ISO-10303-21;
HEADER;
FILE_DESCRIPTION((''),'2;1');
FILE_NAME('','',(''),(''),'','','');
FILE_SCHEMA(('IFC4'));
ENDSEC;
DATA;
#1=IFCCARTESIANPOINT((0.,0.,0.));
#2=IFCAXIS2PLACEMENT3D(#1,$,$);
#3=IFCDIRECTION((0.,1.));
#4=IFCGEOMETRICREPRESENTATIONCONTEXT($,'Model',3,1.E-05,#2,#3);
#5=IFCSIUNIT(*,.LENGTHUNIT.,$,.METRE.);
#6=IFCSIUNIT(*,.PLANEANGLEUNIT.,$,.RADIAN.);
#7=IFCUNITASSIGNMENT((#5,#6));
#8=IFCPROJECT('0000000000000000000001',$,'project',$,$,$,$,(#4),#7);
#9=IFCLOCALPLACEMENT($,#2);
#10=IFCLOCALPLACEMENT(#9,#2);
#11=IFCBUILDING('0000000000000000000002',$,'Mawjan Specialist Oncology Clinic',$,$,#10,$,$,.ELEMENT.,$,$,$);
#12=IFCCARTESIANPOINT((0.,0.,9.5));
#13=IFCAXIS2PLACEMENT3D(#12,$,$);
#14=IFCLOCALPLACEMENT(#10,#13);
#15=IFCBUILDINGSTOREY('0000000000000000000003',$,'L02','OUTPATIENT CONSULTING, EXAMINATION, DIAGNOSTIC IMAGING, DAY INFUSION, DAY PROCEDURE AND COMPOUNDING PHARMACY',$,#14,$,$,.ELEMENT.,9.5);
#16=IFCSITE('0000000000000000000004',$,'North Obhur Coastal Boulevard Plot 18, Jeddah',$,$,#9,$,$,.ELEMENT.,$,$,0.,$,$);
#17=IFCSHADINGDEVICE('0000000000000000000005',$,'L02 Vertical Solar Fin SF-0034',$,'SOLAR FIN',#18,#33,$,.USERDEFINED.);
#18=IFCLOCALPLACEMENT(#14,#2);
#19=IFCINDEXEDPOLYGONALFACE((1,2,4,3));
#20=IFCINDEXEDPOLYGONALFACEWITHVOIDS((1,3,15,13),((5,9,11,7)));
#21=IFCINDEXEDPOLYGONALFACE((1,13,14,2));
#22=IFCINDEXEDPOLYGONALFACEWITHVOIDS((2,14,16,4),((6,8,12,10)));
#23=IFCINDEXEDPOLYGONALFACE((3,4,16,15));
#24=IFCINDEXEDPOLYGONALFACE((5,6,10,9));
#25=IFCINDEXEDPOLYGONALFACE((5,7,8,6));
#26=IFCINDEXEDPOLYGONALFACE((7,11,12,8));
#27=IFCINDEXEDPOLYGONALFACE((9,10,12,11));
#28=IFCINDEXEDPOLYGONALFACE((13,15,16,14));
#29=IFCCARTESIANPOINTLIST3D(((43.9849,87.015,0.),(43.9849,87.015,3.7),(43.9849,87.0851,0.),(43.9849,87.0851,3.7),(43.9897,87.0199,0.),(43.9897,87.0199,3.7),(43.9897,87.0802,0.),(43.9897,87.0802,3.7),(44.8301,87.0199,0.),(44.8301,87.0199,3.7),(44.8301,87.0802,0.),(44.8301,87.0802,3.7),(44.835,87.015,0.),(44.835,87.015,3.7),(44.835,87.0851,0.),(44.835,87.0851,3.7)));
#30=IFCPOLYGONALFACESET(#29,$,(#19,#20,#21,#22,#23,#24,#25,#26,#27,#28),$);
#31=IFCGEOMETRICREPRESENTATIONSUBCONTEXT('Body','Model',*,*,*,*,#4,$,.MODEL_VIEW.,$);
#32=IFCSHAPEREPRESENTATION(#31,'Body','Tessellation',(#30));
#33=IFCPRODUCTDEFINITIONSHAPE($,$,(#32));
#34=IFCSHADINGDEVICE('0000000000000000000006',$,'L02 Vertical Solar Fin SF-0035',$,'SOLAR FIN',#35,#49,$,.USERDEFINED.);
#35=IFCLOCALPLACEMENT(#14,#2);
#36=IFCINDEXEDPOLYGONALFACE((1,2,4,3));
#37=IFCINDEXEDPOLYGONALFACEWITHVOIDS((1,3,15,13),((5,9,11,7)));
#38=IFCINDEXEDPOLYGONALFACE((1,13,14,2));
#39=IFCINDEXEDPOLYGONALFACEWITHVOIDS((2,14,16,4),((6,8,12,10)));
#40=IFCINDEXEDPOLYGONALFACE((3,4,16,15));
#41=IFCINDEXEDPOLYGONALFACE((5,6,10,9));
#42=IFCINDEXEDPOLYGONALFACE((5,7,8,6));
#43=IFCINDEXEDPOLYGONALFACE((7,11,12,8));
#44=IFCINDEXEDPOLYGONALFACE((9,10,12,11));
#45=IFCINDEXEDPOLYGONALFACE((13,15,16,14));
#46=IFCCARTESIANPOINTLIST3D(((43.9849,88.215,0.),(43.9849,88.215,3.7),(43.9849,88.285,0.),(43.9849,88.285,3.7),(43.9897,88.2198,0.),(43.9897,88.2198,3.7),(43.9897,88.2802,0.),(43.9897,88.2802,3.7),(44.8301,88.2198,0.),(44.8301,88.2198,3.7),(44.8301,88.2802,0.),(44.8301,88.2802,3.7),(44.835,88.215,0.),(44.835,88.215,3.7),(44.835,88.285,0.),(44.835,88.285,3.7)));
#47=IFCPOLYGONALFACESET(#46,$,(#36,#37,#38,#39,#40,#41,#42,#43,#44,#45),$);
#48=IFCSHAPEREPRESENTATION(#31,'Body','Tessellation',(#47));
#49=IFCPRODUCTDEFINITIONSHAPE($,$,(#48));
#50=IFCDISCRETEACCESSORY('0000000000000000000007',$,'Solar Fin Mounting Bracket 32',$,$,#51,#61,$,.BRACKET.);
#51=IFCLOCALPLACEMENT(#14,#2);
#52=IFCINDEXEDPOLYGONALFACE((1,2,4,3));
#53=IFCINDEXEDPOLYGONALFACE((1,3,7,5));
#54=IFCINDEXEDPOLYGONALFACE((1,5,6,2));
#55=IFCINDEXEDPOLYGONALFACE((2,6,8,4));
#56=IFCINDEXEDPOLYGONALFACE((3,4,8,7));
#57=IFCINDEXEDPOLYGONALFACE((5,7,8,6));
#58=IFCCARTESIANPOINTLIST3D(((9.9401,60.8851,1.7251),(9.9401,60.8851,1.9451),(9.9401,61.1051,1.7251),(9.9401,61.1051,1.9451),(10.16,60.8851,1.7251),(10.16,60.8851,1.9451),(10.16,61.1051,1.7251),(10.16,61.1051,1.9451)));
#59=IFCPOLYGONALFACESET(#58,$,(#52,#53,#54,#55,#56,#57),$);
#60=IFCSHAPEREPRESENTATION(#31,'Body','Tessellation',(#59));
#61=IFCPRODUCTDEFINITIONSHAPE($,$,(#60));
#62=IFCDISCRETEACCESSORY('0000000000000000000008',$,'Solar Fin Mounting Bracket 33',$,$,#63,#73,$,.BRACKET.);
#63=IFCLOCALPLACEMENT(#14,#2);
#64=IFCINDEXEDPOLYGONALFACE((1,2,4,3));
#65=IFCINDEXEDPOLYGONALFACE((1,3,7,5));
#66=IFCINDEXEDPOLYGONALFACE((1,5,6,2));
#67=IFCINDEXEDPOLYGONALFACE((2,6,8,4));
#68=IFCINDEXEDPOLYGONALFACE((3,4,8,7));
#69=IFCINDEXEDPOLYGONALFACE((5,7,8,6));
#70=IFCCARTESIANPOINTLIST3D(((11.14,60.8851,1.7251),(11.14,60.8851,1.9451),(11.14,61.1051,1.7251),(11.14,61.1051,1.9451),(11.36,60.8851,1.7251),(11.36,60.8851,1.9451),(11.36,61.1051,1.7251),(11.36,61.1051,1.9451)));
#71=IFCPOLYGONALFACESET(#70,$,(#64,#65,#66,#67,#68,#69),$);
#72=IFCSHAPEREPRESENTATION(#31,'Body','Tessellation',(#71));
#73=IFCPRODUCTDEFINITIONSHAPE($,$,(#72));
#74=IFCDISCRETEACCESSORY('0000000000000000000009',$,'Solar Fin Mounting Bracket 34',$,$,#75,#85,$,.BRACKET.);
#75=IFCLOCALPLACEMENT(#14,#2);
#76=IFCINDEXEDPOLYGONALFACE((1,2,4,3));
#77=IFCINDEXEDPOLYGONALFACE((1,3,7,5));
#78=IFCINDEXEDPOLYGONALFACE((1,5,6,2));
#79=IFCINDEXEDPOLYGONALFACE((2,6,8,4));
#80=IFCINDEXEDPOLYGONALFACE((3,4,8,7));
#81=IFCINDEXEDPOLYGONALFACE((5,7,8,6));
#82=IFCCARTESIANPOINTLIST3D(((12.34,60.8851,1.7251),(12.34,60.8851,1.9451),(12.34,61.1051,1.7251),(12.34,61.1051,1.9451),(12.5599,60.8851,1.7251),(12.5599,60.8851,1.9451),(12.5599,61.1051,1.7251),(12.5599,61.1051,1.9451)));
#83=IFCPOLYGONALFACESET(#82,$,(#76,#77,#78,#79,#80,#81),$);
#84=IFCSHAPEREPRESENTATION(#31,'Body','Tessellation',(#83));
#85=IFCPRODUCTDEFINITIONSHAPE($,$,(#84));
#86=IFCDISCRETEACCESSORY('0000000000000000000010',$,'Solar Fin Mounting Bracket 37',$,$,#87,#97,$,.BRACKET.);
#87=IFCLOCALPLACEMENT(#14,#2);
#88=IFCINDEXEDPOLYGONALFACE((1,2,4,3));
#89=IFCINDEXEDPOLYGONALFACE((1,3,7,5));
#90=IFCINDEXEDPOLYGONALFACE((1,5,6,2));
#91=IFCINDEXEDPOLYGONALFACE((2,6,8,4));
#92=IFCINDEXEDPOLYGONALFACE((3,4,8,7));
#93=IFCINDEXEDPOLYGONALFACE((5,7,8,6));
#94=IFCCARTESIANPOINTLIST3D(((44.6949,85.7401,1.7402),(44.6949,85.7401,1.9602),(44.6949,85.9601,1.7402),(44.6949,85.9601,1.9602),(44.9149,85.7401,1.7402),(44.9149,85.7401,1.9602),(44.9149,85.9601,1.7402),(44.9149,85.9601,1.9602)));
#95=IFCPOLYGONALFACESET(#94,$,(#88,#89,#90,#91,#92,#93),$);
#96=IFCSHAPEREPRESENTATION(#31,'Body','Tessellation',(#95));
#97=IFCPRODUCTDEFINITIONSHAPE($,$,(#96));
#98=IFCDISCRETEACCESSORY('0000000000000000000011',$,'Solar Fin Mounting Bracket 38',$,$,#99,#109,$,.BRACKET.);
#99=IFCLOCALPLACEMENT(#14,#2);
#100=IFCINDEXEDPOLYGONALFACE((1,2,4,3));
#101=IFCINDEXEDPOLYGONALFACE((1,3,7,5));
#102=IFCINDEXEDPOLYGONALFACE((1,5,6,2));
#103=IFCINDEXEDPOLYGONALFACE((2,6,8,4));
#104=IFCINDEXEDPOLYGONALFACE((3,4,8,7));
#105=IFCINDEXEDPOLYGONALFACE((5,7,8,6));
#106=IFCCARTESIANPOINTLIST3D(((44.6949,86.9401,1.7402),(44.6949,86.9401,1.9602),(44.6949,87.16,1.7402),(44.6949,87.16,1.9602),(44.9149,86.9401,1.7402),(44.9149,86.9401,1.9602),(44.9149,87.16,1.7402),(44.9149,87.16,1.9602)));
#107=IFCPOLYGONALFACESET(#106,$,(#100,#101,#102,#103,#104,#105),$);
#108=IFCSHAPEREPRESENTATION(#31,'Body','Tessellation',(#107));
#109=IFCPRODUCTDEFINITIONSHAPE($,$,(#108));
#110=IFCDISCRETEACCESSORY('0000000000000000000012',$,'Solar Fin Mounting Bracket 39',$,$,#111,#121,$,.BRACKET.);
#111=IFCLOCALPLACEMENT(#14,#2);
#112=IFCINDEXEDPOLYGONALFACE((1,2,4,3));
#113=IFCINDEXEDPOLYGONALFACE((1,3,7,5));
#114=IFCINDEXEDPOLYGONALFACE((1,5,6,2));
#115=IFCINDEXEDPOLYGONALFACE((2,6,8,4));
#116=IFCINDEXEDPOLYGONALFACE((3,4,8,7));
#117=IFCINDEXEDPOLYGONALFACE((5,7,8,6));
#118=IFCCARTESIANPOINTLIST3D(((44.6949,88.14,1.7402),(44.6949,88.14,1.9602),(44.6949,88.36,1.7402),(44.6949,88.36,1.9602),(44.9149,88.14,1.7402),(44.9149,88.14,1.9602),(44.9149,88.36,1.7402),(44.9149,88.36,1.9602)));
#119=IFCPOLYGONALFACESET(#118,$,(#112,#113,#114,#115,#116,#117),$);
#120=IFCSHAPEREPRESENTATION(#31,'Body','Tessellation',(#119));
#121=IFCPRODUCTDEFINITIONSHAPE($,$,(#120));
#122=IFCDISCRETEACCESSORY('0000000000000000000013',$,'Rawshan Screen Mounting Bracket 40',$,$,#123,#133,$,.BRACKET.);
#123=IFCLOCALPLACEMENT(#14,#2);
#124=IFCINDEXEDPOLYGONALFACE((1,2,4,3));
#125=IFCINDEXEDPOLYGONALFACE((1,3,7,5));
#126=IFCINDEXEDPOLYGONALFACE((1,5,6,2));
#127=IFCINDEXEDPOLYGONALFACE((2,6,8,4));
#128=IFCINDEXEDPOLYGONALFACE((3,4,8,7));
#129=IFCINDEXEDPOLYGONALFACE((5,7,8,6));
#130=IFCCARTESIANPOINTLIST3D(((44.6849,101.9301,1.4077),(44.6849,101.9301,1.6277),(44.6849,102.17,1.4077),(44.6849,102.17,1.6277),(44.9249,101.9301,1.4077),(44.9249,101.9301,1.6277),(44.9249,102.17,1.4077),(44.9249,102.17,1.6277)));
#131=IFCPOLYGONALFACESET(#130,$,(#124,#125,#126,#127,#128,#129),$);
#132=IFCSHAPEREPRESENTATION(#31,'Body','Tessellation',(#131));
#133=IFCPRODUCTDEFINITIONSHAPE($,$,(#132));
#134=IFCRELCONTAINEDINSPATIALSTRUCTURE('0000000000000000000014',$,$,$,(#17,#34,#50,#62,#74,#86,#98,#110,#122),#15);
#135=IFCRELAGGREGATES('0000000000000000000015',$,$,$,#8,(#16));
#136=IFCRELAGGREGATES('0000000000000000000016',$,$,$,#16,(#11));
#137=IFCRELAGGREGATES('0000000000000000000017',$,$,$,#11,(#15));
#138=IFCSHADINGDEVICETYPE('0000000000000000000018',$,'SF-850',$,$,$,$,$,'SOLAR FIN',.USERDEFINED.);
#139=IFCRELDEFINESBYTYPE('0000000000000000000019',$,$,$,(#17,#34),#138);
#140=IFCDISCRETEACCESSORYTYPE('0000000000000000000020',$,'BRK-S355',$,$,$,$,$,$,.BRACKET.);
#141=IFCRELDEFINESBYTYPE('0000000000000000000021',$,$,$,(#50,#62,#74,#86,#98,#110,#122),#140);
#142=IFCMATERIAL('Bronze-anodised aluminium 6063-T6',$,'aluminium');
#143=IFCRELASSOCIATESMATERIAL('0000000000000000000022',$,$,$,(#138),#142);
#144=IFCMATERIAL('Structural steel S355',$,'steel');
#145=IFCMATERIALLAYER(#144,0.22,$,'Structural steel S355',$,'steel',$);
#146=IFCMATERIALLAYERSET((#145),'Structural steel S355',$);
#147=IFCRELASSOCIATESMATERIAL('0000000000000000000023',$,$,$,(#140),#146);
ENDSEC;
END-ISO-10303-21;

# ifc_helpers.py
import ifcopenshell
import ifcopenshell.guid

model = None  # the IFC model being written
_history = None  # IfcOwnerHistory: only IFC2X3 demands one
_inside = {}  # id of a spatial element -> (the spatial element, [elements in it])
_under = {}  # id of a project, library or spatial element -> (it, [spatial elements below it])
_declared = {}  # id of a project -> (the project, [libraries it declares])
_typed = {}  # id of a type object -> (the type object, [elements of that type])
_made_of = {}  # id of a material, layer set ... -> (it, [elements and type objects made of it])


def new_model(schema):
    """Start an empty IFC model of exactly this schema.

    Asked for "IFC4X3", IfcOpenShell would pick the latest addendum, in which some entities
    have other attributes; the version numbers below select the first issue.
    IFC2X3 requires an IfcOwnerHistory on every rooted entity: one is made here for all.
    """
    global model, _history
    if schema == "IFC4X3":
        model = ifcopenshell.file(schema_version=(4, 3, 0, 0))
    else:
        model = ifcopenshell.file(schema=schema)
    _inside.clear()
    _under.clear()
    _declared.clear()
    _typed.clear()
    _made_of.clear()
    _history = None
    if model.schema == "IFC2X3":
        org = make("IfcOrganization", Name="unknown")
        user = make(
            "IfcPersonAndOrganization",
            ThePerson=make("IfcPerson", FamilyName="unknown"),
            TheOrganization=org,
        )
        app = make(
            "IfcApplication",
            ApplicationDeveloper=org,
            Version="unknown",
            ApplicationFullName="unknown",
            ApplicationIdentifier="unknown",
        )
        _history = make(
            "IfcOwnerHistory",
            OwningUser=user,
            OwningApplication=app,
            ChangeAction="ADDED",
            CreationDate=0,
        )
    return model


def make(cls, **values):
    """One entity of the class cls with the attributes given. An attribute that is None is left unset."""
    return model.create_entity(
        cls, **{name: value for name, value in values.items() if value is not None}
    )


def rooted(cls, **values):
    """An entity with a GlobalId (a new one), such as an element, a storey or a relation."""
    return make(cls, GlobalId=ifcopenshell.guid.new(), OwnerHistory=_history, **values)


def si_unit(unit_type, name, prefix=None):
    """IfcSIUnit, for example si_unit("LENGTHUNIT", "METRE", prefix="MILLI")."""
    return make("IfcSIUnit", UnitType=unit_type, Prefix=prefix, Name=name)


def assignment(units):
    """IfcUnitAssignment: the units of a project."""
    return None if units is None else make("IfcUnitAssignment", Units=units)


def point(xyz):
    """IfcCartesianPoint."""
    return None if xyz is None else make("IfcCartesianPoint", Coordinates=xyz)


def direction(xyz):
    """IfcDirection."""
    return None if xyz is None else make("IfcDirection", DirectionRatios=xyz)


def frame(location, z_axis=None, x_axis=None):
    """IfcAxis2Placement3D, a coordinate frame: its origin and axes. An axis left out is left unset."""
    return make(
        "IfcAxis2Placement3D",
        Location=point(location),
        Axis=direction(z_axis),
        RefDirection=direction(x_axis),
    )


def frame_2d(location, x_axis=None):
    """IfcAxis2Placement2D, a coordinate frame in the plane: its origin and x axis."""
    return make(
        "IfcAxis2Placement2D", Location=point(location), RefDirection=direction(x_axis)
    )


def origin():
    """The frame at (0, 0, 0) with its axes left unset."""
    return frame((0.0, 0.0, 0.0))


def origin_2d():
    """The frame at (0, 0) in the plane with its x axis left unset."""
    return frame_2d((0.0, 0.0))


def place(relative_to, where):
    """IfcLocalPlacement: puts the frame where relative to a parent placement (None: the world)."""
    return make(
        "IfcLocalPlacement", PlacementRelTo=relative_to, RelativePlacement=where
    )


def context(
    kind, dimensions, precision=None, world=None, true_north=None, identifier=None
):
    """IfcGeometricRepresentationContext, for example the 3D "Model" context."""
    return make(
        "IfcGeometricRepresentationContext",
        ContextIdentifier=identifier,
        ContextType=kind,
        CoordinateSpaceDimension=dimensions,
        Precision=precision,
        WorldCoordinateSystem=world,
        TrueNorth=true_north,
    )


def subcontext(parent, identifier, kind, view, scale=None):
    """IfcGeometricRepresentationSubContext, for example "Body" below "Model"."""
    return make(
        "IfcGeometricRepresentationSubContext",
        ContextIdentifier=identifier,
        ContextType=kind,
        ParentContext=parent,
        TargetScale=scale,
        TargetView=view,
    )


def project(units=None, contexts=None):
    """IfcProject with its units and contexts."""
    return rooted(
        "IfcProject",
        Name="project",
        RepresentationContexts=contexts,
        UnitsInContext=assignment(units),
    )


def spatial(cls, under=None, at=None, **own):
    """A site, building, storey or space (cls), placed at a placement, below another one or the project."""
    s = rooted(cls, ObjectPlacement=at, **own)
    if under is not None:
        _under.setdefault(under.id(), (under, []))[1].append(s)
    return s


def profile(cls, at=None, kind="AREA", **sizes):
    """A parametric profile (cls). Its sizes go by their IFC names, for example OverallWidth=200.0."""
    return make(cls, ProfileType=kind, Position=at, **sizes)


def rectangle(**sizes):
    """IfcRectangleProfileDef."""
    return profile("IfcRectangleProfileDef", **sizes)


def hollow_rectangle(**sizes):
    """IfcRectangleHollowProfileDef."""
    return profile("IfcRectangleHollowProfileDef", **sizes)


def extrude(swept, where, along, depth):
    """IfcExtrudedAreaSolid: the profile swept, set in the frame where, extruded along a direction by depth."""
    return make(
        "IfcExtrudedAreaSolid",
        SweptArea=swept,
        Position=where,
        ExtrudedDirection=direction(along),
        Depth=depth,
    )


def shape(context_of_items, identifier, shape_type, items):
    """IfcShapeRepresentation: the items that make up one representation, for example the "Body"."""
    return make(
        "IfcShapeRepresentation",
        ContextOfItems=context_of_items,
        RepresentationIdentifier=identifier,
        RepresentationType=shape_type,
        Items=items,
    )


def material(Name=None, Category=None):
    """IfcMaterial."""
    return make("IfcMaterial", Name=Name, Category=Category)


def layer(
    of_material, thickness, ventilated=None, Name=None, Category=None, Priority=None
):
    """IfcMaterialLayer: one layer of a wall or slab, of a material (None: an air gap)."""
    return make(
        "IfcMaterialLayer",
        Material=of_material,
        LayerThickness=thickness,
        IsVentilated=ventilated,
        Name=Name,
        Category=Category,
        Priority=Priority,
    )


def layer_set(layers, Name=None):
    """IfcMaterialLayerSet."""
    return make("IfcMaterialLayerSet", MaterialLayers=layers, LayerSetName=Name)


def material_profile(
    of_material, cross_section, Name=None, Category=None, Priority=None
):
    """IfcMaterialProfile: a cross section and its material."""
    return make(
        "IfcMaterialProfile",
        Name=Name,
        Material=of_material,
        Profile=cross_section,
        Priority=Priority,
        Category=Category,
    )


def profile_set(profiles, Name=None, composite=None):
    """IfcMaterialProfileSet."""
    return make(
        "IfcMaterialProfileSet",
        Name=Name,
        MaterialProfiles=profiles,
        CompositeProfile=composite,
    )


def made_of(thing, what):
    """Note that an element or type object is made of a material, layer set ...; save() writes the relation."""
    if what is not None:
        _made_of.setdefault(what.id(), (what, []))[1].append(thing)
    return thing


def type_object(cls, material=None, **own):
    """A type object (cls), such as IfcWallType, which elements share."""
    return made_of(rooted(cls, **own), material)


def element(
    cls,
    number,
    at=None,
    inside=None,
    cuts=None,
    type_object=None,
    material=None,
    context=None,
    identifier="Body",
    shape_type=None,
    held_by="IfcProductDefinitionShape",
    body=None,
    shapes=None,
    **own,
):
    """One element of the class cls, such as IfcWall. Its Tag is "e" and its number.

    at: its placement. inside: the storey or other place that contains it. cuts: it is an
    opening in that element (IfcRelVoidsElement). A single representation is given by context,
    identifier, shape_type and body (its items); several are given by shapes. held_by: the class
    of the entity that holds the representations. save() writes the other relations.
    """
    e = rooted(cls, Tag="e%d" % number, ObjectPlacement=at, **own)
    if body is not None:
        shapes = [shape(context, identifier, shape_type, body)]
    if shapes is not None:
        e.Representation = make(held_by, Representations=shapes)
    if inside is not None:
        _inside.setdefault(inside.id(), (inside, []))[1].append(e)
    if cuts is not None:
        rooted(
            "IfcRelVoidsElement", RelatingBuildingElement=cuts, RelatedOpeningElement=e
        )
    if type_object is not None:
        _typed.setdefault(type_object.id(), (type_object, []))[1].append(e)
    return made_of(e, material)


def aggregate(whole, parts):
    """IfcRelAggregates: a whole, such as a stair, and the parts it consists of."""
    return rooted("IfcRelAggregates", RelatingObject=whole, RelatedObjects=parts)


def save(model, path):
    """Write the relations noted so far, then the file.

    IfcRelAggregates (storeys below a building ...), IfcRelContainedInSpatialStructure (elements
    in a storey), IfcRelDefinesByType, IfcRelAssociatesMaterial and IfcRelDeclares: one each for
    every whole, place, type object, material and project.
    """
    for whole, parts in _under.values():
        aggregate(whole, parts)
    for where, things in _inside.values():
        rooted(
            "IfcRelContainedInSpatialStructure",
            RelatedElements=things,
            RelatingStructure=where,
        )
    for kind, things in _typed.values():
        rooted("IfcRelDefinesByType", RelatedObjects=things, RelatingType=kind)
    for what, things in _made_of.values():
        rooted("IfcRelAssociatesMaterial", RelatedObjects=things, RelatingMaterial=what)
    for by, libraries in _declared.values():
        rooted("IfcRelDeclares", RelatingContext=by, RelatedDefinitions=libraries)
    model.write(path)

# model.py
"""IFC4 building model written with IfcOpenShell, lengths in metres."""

from ifc_helpers import new_model, si_unit, direction, frame, origin, origin_2d, place, context, subcontext, project, spatial, rectangle, hollow_rectangle, extrude, material, layer, layer_set, material_profile, profile_set, type_object, element, save


model = new_model("IFC4")

# Units and contexts
model_context = context("Model", 3, precision=1e-05, world=origin(), true_north=direction((0.0, 1.0)))
body_context = subcontext(model_context, "Body", "Model", "MODEL_VIEW")
ifc_project = project(units=[si_unit("LENGTHUNIT", "METRE"), si_unit("PLANEANGLEUNIT", "RADIAN")], contexts=[model_context])

# Site, building, storey
site_placement = place(None, origin())
site = spatial("IfcSite", under=ifc_project, at=site_placement, Name="North Obhur Coastal Boulevard Plot 18, Jeddah", CompositionType="ELEMENT", RefElevation=0.0)
building_placement = place(site_placement, origin())
building = spatial("IfcBuilding", under=site, at=building_placement, Name="Mawjan Specialist Oncology Clinic", CompositionType="ELEMENT")
storey_placement = place(building_placement, frame((0.0, 0.0, 9.5)))
storey = spatial("IfcBuildingStorey", under=building, at=storey_placement, Name="L02", Description="OUTPATIENT CONSULTING, EXAMINATION, DIAGNOSTIC IMAGING, DAY INFUSION, DAY PROCEDURE AND COMPOUNDING PHARMACY", CompositionType="ELEMENT", Elevation=9.5)

# Shading devices
ifc_material_1 = material(Name="Bronze-anodised aluminium 6063-T6", Category="aluminium")
ifc_material_profile_1 = material_profile(ifc_material_1, hollow_rectangle(XDim=0.0701, YDim=0.8501, WallThickness=0.0049, at=origin_2d()), Name="FIN 850x70x5", Category="aluminium")
ifc_profile_set_1 = profile_set([ifc_material_profile_1], Name="Bronze-anodised aluminium 6063-T6")
shading_device_type = type_object("IfcShadingDeviceType", Name="SF-850", ElementType="SOLAR FIN", PredefinedType="USERDEFINED", material=ifc_profile_set_1)
for number, where, z_axis, x_axis, name in (
    (1, (44.4099, 87.05, 0.0), (0.0, 0.0, 1.0), (0.0, 1.0, 0.0), "L02 Vertical Solar Fin SF-0034"),
    (2, (44.4099, 88.25, 0.0), (0.0, 0.0, 1.0), (0.0, 1.0, 0.0), "L02 Vertical Solar Fin SF-0035"),
):
    element("IfcShadingDevice", number, at=place(storey_placement, frame(where, z_axis=z_axis, x_axis=x_axis)), inside=storey, type_object=shading_device_type, Name=name, ObjectType="SOLAR FIN", PredefinedType="USERDEFINED", context=body_context, shape_type="SweptSolid", body=[
        extrude(hollow_rectangle(XDim=0.0701, YDim=0.8501, WallThickness=0.0049, at=origin_2d()), origin(), (0.0, 0.0, 1.0), 3.7),
    ])

# Discrete accessories
ifc_material_2 = material(Name="Structural steel S355", Category="steel")
ifc_layer_1 = layer(ifc_material_2, 0.22, Name="Structural steel S355", Category="steel")
ifc_layer_set_1 = layer_set([ifc_layer_1], Name="Structural steel S355")
discrete_accessory_type = type_object("IfcDiscreteAccessoryType", Name="BRK-S355", PredefinedType="BRACKET", material=ifc_layer_set_1)
for number, where, z_axis, x_axis, name in (
    (3, (10.05, 60.9951, 1.7251), (0.0, 0.0, 1.0), (1.0, 0.0, 0.0), "Solar Fin Mounting Bracket 32"),
    (4, (11.25, 60.9951, 1.7251), (0.0, 0.0, 1.0), (1.0, 0.0, 0.0), "Solar Fin Mounting Bracket 33"),
    (5, (12.45, 60.9951, 1.7251), (0.0, 0.0, 1.0), (1.0, 0.0, 0.0), "Solar Fin Mounting Bracket 34"),
    (6, (44.8049, 85.8501, 1.7402), (0.0, 0.0, 1.0), (0.0, 1.0, 0.0), "Solar Fin Mounting Bracket 37"),
    (7, (44.8049, 87.05, 1.7402), (0.0, 0.0, 1.0), (0.0, 1.0, 0.0), "Solar Fin Mounting Bracket 38"),
    (8, (44.8049, 88.25, 1.7402), (0.0, 0.0, 1.0), (0.0, 1.0, 0.0), "Solar Fin Mounting Bracket 39"),
):
    element("IfcDiscreteAccessory", number, at=place(storey_placement, frame(where, z_axis=z_axis, x_axis=x_axis)), inside=storey, type_object=discrete_accessory_type, Name=name, PredefinedType="BRACKET", context=body_context, shape_type="SweptSolid", body=[
        extrude(rectangle(XDim=0.22, YDim=0.22, at=origin_2d()), origin(), (0.0, 0.0, 1.0), 0.22),
    ])
discrete_accessory_placement = place(storey_placement, frame((44.8049, 102.05, 1.4077), z_axis=(0.0, 0.0, 1.0), x_axis=(0.0, 1.0, 0.0)))
element("IfcDiscreteAccessory", 9, at=discrete_accessory_placement, inside=storey, type_object=discrete_accessory_type, Name="Rawshan Screen Mounting Bracket 40", PredefinedType="BRACKET", context=body_context, shape_type="SweptSolid", body=[
    extrude(rectangle(XDim=0.24, YDim=0.24, at=origin_2d()), origin(), (0.0, 0.0, 1.0), 0.22),
])

save(model, "model.ifc")
